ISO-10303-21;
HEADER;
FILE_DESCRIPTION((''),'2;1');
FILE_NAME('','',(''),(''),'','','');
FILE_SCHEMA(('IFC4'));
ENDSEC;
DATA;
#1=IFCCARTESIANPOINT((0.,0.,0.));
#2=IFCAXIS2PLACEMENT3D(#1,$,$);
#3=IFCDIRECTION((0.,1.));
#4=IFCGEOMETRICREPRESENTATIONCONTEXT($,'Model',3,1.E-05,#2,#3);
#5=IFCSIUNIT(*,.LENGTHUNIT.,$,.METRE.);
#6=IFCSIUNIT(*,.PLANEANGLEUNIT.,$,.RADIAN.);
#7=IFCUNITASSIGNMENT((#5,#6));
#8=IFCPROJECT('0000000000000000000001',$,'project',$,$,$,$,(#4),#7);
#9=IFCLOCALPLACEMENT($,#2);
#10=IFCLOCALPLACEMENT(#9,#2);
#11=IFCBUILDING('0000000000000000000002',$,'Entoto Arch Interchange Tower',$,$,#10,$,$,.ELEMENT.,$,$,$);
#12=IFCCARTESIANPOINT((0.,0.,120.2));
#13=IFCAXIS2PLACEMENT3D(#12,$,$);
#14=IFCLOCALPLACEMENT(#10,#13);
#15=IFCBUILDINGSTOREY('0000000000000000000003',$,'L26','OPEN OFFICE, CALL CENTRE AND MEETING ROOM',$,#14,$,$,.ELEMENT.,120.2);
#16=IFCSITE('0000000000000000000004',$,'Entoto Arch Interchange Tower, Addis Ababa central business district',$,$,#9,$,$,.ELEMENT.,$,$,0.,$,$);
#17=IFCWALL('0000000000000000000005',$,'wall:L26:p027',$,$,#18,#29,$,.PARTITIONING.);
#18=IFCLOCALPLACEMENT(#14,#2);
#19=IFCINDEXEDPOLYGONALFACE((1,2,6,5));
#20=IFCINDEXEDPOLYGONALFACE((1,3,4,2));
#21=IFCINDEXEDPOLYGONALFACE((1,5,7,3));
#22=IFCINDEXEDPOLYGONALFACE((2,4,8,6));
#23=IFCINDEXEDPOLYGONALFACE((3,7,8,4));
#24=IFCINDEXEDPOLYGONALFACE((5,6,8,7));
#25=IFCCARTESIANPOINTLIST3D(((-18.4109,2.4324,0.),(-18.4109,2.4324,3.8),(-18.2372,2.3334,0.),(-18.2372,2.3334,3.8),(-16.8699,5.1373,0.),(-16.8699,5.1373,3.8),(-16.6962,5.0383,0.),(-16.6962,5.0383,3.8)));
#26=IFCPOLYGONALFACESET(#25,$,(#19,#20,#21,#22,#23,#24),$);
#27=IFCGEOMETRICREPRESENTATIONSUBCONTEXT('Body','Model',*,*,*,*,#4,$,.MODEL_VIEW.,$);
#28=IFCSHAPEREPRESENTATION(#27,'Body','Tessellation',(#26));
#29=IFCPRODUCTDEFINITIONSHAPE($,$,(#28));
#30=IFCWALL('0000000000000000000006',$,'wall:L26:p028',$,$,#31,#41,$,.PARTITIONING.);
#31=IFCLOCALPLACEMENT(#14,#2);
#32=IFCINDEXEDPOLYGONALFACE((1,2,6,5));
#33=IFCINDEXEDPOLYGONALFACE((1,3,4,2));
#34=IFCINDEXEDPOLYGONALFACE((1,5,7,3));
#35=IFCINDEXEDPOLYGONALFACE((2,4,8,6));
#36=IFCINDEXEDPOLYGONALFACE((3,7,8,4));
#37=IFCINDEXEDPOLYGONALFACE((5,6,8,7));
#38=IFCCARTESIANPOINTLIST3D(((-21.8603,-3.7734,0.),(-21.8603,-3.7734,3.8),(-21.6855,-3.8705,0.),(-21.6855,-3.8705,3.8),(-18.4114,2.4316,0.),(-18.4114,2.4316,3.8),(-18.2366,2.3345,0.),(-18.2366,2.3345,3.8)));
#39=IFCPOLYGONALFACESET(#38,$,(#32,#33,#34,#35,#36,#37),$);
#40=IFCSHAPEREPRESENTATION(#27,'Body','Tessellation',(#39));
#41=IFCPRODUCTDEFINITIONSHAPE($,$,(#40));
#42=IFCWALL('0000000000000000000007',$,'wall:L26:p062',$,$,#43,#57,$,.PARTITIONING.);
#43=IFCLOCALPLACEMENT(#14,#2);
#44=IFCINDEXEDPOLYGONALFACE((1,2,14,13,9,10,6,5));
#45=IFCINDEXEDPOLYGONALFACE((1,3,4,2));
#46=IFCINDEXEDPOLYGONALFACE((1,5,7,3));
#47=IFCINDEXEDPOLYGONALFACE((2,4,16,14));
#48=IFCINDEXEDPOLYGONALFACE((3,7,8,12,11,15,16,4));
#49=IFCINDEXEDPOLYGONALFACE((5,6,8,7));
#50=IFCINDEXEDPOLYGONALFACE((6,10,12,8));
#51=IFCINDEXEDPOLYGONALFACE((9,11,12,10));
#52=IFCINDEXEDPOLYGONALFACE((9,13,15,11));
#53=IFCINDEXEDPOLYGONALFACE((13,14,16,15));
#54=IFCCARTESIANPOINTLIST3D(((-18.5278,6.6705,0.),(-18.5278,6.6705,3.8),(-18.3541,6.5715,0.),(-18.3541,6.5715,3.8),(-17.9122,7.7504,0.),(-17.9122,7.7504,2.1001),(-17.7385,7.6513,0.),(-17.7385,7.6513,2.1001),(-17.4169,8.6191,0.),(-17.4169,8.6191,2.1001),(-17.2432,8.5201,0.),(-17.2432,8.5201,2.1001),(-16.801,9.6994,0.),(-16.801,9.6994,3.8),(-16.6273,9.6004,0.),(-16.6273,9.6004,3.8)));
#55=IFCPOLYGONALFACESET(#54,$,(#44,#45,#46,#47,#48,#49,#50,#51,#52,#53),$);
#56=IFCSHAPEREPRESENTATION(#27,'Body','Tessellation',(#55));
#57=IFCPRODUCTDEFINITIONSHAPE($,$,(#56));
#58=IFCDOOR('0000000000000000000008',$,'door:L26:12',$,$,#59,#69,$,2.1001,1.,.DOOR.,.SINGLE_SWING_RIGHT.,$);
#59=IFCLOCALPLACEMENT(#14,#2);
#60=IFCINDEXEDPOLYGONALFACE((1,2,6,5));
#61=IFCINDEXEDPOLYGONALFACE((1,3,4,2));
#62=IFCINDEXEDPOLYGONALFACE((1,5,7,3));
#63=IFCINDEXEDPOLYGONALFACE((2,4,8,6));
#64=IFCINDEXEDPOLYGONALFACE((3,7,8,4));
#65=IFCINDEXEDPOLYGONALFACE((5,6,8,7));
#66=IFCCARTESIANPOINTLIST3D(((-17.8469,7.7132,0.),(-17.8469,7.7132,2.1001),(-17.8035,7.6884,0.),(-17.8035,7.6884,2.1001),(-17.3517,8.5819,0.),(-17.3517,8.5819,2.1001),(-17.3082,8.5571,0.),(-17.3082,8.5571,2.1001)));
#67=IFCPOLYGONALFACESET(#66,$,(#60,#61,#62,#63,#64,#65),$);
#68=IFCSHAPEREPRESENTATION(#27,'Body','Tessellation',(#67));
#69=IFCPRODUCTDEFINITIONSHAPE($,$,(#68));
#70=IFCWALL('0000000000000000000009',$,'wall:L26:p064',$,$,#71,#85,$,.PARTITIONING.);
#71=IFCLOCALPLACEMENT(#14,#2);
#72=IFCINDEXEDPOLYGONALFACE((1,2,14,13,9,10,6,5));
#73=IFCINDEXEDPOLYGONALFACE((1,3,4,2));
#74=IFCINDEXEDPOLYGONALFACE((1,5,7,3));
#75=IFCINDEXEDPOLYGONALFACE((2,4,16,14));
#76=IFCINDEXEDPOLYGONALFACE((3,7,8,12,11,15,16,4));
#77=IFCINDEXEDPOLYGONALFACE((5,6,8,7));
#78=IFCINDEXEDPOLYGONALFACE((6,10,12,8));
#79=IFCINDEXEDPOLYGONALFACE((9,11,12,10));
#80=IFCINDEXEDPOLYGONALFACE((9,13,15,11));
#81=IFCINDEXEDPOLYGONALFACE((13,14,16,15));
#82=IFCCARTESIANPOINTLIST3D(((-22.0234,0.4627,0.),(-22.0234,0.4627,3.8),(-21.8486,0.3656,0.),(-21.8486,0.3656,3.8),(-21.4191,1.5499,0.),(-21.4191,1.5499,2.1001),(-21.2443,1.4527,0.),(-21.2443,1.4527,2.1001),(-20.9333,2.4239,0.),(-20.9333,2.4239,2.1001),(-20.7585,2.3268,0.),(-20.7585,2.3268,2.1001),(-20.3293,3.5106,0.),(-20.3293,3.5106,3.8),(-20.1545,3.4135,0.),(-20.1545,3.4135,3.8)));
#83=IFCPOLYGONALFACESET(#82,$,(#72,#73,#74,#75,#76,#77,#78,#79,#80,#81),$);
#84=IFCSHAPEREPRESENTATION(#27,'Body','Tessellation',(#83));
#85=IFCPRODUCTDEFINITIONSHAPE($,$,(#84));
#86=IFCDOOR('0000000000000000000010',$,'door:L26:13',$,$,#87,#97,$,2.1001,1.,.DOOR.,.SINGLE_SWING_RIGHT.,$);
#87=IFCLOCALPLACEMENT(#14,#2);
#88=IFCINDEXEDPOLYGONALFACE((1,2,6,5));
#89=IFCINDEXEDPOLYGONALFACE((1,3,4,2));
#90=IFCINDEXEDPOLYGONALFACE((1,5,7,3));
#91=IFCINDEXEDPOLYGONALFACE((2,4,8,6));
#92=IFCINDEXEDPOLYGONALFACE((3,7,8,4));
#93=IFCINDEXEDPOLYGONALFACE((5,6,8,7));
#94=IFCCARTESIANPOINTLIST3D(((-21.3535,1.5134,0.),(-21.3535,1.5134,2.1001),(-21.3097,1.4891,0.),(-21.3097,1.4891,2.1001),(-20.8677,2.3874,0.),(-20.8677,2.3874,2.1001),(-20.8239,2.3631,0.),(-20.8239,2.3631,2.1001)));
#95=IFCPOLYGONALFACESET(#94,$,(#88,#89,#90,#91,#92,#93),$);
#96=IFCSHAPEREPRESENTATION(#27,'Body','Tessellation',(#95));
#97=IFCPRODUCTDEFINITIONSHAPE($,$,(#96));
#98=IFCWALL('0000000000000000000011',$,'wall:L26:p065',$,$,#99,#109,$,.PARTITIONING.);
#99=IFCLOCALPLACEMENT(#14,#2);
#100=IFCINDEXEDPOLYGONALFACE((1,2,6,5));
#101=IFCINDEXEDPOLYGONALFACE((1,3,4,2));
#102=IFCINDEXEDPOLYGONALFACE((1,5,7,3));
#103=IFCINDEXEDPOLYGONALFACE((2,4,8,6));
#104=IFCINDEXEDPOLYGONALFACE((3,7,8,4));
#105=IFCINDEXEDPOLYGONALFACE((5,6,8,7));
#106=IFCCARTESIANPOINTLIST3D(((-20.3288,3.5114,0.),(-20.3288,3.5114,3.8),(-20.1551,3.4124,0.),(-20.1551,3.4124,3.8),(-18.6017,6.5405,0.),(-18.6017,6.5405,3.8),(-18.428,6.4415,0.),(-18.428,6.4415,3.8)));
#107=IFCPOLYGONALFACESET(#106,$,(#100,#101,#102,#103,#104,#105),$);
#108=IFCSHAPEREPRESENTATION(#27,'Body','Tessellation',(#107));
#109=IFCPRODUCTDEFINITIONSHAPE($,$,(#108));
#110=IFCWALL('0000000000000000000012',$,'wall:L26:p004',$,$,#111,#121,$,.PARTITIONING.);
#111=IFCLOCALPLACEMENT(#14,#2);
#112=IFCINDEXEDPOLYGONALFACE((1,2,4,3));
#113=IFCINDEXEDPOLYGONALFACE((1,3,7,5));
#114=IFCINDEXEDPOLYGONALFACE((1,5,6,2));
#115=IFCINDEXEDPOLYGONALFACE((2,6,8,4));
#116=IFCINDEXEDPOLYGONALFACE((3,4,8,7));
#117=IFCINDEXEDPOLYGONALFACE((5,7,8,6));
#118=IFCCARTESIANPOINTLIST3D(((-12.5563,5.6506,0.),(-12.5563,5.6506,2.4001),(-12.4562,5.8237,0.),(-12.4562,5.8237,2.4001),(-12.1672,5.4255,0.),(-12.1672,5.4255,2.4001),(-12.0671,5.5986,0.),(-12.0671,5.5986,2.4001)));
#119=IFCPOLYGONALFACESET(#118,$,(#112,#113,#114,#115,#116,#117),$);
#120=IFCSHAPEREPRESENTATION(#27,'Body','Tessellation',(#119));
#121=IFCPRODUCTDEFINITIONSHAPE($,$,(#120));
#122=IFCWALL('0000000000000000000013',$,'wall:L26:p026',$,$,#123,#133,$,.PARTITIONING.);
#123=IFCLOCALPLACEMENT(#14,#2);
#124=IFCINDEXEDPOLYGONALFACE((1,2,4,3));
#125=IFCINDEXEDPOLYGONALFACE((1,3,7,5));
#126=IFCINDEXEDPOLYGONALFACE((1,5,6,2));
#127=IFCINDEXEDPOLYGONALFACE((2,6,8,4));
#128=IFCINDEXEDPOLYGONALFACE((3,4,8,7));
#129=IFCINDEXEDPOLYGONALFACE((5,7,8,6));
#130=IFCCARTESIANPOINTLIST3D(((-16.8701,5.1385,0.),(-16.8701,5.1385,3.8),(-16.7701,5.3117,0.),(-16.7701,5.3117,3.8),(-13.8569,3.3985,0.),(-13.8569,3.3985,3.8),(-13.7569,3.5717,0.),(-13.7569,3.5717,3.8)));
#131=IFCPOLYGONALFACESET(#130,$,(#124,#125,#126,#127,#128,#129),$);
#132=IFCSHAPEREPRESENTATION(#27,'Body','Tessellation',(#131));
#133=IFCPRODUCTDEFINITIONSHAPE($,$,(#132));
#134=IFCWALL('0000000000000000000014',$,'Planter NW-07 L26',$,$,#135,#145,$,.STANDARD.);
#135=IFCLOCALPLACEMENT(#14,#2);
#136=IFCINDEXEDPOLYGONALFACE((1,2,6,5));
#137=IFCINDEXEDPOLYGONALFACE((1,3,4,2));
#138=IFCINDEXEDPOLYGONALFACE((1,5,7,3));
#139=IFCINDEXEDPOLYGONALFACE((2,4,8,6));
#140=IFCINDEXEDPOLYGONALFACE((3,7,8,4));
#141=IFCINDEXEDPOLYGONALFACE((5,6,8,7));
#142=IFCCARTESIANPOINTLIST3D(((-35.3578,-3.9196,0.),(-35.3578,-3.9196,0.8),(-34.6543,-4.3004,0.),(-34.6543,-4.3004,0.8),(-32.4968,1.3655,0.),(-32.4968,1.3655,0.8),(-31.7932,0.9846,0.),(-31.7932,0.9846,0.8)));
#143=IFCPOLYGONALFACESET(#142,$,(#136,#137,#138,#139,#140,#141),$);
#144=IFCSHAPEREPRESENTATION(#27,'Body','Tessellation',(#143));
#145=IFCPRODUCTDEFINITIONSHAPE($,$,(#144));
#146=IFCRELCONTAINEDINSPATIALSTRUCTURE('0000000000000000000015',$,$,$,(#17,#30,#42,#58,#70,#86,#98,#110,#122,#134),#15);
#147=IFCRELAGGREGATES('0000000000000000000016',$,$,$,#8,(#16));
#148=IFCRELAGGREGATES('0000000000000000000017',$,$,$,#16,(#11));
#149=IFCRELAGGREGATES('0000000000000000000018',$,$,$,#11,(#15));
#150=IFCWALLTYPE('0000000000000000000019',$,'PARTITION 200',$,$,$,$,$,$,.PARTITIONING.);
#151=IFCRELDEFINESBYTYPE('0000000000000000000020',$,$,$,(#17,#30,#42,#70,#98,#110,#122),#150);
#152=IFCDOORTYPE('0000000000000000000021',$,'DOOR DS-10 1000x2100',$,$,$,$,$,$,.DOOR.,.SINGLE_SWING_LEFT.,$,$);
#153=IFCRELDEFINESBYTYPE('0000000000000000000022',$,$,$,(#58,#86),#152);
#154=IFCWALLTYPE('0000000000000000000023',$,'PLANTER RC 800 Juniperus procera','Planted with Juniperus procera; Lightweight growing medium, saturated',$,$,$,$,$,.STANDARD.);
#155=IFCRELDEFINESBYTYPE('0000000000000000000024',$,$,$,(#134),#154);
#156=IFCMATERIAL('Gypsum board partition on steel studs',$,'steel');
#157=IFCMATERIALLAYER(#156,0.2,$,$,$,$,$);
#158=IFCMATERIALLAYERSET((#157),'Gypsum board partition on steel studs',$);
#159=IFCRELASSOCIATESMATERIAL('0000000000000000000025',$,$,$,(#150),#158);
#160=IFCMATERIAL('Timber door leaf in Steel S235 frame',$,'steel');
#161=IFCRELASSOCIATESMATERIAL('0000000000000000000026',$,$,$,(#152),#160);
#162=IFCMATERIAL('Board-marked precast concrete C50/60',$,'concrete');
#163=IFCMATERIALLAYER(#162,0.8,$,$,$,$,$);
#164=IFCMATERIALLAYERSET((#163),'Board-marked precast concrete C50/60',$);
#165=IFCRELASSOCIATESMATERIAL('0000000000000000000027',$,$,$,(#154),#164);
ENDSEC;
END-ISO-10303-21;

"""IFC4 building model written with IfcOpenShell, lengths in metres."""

from ifc_helpers import new_model, si_unit, direction, frame, frame_2d, origin, place, context, subcontext, project, spatial, rectangle, extrude, material, layer, layer_set, type_object, element, fill, save


model = new_model("IFC4")

# Units and contexts
model_context = context("Model", 3, precision=1e-05, world=origin(), true_north=direction((0.0, 1.0)))
body_context = subcontext(model_context, "Body", "Model", "MODEL_VIEW")
ifc_project = project(units=[si_unit("LENGTHUNIT", "METRE"), si_unit("PLANEANGLEUNIT", "RADIAN")], contexts=[model_context])

# Site, building, storey
site_placement = place(None, origin())
site = spatial("IfcSite", under=ifc_project, at=site_placement, Name="Entoto Arch Interchange Tower, Addis Ababa central business district", CompositionType="ELEMENT", RefElevation=0.0)
building_placement = place(site_placement, origin())
building = spatial("IfcBuilding", under=site, at=building_placement, Name="Entoto Arch Interchange Tower", CompositionType="ELEMENT")
storey_placement = place(building_placement, frame((0.0, 0.0, 120.2)))
storey = spatial("IfcBuildingStorey", under=building, at=storey_placement, Name="L26", Description="OPEN OFFICE, CALL CENTRE AND MEETING ROOM", CompositionType="ELEMENT", Elevation=120.2)

# Walls
ifc_material_1 = material(Name="Gypsum board partition on steel studs", Category="steel")
ifc_layer_1 = layer(ifc_material_1, 0.2)
ifc_layer_set_1 = layer_set([ifc_layer_1], Name="Gypsum board partition on steel studs")
wall_type_1 = type_object("IfcWallType", Name="PARTITION 200", PredefinedType="PARTITIONING", material=ifc_layer_set_1)
wall_1_placement = place(storey_placement, frame((-16.783, 5.0879, 0.0), z_axis=(0.0, 0.0, 1.0), x_axis=(-0.495024, -0.868879, 0.0)))
element("IfcWall", 1, at=wall_1_placement, inside=storey, type_object=wall_type_1, Name="wall:L26:p027", PredefinedType="PARTITIONING", context=body_context, shape_type="SweptSolid", body=[
    extrude(rectangle(XDim=3.113, YDim=0.2, at=frame_2d((1.5566, 0.0))), origin(), (0.0, 0.0, 1.0), 3.8),
])
wall_2_placement = place(storey_placement, frame((-18.324, 2.3831, 0.0), z_axis=(0.0, 0.0, 1.0), x_axis=(-0.485827, -0.874055, 0.0)))
element("IfcWall", 2, at=wall_2_placement, inside=storey, type_object=wall_type_1, Name="wall:L26:p028", PredefinedType="PARTITIONING", context=body_context, shape_type="SweptSolid", body=[
    extrude(rectangle(XDim=7.0991, YDim=0.2, at=frame_2d((3.5496, 0.0))), origin(), (0.0, 0.0, 1.0), 3.8),
])

# Walls, openings, doors
wall_3_placement = place(storey_placement, frame((-18.4409, 6.6211, 0.0), z_axis=(0.0, 0.0, 1.0), x_axis=(0.495287, 0.86873, 0.0)))
wall_3 = element("IfcWall", 3, at=wall_3_placement, inside=storey, type_object=wall_type_1, Name="wall:L26:p062", PredefinedType="PARTITIONING", context=body_context, shape_type="SweptSolid", body=[
    extrude(rectangle(XDim=3.4866, YDim=0.2, at=frame_2d((1.7432, 0.0))), origin(), (0.0, 0.0, 1.0), 3.8),
])
opening_1_placement = place(wall_3_placement, frame((1.2429, 0.0, 0.0)))
opening_1 = element("IfcOpeningElement", 4, at=opening_1_placement, cuts=wall_3, PredefinedType="OPENING", context=body_context, shape_type="SweptSolid", body=[
    extrude(rectangle(XDim=1.0, YDim=2.1001, at=frame_2d((0.5, 1.05))), frame((0.0, 0.1099, 0.0), z_axis=(0.0, -1.0, 0.0), x_axis=(1.0, 0.0, 0.0)), (0.0, 0.0, 1.0), 0.22),
])
ifc_material_2 = material(Name="Timber door leaf in Steel S235 frame", Category="steel")
door_type_1 = type_object("IfcDoorType", Name="DOOR DS-10 1000x2100", OperationType="SINGLE_SWING_LEFT", PredefinedType="DOOR", material=ifc_material_2)
door_1_placement = place(opening_1_placement, origin())
door_1 = element("IfcDoor", 5, at=door_1_placement, inside=storey, type_object=door_type_1, Name="door:L26:12", OperationType="SINGLE_SWING_RIGHT", OverallHeight=2.1001, OverallWidth=1.0, PredefinedType="DOOR", context=body_context, shape_type="SweptSolid", body=[
    extrude(rectangle(XDim=1.0, YDim=2.1001, at=frame_2d((0.5, 1.05))), frame((0.0, 0.0249, 0.0), z_axis=(0.0, -1.0, 0.0), x_axis=(1.0, 0.0, 0.0)), (0.0, 0.0, 1.0), 0.05),
])
fill(opening_1, door_1)
wall_4_placement = place(storey_placement, frame((-21.936, 0.4141, 0.0), z_axis=(0.0, 0.0, 1.0), x_axis=(0.485827, 0.874055, 0.0)))
wall_4 = element("IfcWall", 6, at=wall_4_placement, inside=storey, type_object=wall_type_1, Name="wall:L26:p064", PredefinedType="PARTITIONING", context=body_context, shape_type="SweptSolid", body=[
    extrude(rectangle(XDim=3.4871, YDim=0.2, at=frame_2d((1.7437, 0.0))), origin(), (0.0, 0.0, 1.0), 3.8),
])
opening_2_placement = place(wall_4_placement, frame((1.2439, 0.0, 0.0)))
opening_2 = element("IfcOpeningElement", 7, at=opening_2_placement, cuts=wall_4, PredefinedType="OPENING", context=body_context, shape_type="SweptSolid", body=[
    extrude(rectangle(XDim=1.0, YDim=2.1001, at=frame_2d((0.5, 1.05))), frame((0.0, 0.1099, 0.0), z_axis=(0.0, -1.0, 0.0), x_axis=(1.0, 0.0, 0.0)), (0.0, 0.0, 1.0), 0.22),
])
door_2_placement = place(opening_2_placement, origin())
door_2 = element("IfcDoor", 8, at=door_2_placement, inside=storey, type_object=door_type_1, Name="door:L26:13", OperationType="SINGLE_SWING_RIGHT", OverallHeight=2.1001, OverallWidth=1.0, PredefinedType="DOOR", context=body_context, shape_type="SweptSolid", body=[
    extrude(rectangle(XDim=1.0, YDim=2.1001, at=frame_2d((0.5, 1.05))), frame((0.0, 0.0249, 0.0), z_axis=(0.0, -1.0, 0.0), x_axis=(1.0, 0.0, 0.0)), (0.0, 0.0, 1.0), 0.05),
])
fill(opening_2, door_2)

# Walls
wall_5_placement = place(storey_placement, frame((-20.2419, 3.4619, 0.0), z_axis=(0.0, 0.0, 1.0), x_axis=(0.495309, 0.868717, 0.0)))
element("IfcWall", 9, at=wall_5_placement, inside=storey, type_object=wall_type_1, Name="wall:L26:p065", PredefinedType="PARTITIONING", context=body_context, shape_type="SweptSolid", body=[
    extrude(rectangle(XDim=3.4868, YDim=0.2, at=frame_2d((1.7434, 0.0))), origin(), (0.0, 0.0, 1.0), 3.8),
])
wall_6_placement = place(storey_placement, frame((-12.5061, 5.7371, 0.0), z_axis=(0.0, 0.0, 1.0), x_axis=(0.865625, -0.500694, 0.0)))
element("IfcWall", 10, at=wall_6_placement, inside=storey, type_object=wall_type_1, Name="wall:L26:p004", PredefinedType="PARTITIONING", context=body_context, shape_type="SweptSolid", body=[
    extrude(rectangle(XDim=0.4495, YDim=0.2, at=frame_2d((0.2246, 0.0))), origin(), (0.0, 0.0, 1.0), 2.4001),
])
wall_7_placement = place(storey_placement, frame((-13.8069, 3.4851, 0.0), z_axis=(0.0, 0.0, 1.0), x_axis=(-0.865985, 0.500071, 0.0)))
element("IfcWall", 11, at=wall_7_placement, inside=storey, type_object=wall_type_1, Name="wall:L26:p026", PredefinedType="PARTITIONING", context=body_context, shape_type="SweptSolid", body=[
    extrude(rectangle(XDim=3.4795, YDim=0.2, at=frame_2d((1.7397, 0.0))), origin(), (0.0, 0.0, 1.0), 3.8),
])
ifc_material_3 = material(Name="Board-marked precast concrete C50/60", Category="concrete")
ifc_layer_2 = layer(ifc_material_3, 0.8)
ifc_layer_set_2 = layer_set([ifc_layer_2], Name="Board-marked precast concrete C50/60")
wall_type_2 = type_object("IfcWallType", Name="PLANTER RC 800 Juniperus procera", Description="Planted with Juniperus procera; Lightweight growing medium, saturated", PredefinedType="STANDARD", material=ifc_layer_set_2)
wall_8_placement = place(storey_placement, frame((-32.145, 1.175, 0.0), z_axis=(0.0, 0.0, 1.0), x_axis=(-0.476063, -0.879411, 0.0)))
element("IfcWall", 12, at=wall_8_placement, inside=storey, type_object=wall_type_2, Name="Planter NW-07 L26", PredefinedType="STANDARD", context=body_context, shape_type="SweptSolid", body=[
    extrude(rectangle(XDim=6.0098, YDim=0.8, at=frame_2d((3.0049, 0.0))), origin(), (0.0, 0.0, 1.0), 0.8),
])

save(model, "model.ifc")
